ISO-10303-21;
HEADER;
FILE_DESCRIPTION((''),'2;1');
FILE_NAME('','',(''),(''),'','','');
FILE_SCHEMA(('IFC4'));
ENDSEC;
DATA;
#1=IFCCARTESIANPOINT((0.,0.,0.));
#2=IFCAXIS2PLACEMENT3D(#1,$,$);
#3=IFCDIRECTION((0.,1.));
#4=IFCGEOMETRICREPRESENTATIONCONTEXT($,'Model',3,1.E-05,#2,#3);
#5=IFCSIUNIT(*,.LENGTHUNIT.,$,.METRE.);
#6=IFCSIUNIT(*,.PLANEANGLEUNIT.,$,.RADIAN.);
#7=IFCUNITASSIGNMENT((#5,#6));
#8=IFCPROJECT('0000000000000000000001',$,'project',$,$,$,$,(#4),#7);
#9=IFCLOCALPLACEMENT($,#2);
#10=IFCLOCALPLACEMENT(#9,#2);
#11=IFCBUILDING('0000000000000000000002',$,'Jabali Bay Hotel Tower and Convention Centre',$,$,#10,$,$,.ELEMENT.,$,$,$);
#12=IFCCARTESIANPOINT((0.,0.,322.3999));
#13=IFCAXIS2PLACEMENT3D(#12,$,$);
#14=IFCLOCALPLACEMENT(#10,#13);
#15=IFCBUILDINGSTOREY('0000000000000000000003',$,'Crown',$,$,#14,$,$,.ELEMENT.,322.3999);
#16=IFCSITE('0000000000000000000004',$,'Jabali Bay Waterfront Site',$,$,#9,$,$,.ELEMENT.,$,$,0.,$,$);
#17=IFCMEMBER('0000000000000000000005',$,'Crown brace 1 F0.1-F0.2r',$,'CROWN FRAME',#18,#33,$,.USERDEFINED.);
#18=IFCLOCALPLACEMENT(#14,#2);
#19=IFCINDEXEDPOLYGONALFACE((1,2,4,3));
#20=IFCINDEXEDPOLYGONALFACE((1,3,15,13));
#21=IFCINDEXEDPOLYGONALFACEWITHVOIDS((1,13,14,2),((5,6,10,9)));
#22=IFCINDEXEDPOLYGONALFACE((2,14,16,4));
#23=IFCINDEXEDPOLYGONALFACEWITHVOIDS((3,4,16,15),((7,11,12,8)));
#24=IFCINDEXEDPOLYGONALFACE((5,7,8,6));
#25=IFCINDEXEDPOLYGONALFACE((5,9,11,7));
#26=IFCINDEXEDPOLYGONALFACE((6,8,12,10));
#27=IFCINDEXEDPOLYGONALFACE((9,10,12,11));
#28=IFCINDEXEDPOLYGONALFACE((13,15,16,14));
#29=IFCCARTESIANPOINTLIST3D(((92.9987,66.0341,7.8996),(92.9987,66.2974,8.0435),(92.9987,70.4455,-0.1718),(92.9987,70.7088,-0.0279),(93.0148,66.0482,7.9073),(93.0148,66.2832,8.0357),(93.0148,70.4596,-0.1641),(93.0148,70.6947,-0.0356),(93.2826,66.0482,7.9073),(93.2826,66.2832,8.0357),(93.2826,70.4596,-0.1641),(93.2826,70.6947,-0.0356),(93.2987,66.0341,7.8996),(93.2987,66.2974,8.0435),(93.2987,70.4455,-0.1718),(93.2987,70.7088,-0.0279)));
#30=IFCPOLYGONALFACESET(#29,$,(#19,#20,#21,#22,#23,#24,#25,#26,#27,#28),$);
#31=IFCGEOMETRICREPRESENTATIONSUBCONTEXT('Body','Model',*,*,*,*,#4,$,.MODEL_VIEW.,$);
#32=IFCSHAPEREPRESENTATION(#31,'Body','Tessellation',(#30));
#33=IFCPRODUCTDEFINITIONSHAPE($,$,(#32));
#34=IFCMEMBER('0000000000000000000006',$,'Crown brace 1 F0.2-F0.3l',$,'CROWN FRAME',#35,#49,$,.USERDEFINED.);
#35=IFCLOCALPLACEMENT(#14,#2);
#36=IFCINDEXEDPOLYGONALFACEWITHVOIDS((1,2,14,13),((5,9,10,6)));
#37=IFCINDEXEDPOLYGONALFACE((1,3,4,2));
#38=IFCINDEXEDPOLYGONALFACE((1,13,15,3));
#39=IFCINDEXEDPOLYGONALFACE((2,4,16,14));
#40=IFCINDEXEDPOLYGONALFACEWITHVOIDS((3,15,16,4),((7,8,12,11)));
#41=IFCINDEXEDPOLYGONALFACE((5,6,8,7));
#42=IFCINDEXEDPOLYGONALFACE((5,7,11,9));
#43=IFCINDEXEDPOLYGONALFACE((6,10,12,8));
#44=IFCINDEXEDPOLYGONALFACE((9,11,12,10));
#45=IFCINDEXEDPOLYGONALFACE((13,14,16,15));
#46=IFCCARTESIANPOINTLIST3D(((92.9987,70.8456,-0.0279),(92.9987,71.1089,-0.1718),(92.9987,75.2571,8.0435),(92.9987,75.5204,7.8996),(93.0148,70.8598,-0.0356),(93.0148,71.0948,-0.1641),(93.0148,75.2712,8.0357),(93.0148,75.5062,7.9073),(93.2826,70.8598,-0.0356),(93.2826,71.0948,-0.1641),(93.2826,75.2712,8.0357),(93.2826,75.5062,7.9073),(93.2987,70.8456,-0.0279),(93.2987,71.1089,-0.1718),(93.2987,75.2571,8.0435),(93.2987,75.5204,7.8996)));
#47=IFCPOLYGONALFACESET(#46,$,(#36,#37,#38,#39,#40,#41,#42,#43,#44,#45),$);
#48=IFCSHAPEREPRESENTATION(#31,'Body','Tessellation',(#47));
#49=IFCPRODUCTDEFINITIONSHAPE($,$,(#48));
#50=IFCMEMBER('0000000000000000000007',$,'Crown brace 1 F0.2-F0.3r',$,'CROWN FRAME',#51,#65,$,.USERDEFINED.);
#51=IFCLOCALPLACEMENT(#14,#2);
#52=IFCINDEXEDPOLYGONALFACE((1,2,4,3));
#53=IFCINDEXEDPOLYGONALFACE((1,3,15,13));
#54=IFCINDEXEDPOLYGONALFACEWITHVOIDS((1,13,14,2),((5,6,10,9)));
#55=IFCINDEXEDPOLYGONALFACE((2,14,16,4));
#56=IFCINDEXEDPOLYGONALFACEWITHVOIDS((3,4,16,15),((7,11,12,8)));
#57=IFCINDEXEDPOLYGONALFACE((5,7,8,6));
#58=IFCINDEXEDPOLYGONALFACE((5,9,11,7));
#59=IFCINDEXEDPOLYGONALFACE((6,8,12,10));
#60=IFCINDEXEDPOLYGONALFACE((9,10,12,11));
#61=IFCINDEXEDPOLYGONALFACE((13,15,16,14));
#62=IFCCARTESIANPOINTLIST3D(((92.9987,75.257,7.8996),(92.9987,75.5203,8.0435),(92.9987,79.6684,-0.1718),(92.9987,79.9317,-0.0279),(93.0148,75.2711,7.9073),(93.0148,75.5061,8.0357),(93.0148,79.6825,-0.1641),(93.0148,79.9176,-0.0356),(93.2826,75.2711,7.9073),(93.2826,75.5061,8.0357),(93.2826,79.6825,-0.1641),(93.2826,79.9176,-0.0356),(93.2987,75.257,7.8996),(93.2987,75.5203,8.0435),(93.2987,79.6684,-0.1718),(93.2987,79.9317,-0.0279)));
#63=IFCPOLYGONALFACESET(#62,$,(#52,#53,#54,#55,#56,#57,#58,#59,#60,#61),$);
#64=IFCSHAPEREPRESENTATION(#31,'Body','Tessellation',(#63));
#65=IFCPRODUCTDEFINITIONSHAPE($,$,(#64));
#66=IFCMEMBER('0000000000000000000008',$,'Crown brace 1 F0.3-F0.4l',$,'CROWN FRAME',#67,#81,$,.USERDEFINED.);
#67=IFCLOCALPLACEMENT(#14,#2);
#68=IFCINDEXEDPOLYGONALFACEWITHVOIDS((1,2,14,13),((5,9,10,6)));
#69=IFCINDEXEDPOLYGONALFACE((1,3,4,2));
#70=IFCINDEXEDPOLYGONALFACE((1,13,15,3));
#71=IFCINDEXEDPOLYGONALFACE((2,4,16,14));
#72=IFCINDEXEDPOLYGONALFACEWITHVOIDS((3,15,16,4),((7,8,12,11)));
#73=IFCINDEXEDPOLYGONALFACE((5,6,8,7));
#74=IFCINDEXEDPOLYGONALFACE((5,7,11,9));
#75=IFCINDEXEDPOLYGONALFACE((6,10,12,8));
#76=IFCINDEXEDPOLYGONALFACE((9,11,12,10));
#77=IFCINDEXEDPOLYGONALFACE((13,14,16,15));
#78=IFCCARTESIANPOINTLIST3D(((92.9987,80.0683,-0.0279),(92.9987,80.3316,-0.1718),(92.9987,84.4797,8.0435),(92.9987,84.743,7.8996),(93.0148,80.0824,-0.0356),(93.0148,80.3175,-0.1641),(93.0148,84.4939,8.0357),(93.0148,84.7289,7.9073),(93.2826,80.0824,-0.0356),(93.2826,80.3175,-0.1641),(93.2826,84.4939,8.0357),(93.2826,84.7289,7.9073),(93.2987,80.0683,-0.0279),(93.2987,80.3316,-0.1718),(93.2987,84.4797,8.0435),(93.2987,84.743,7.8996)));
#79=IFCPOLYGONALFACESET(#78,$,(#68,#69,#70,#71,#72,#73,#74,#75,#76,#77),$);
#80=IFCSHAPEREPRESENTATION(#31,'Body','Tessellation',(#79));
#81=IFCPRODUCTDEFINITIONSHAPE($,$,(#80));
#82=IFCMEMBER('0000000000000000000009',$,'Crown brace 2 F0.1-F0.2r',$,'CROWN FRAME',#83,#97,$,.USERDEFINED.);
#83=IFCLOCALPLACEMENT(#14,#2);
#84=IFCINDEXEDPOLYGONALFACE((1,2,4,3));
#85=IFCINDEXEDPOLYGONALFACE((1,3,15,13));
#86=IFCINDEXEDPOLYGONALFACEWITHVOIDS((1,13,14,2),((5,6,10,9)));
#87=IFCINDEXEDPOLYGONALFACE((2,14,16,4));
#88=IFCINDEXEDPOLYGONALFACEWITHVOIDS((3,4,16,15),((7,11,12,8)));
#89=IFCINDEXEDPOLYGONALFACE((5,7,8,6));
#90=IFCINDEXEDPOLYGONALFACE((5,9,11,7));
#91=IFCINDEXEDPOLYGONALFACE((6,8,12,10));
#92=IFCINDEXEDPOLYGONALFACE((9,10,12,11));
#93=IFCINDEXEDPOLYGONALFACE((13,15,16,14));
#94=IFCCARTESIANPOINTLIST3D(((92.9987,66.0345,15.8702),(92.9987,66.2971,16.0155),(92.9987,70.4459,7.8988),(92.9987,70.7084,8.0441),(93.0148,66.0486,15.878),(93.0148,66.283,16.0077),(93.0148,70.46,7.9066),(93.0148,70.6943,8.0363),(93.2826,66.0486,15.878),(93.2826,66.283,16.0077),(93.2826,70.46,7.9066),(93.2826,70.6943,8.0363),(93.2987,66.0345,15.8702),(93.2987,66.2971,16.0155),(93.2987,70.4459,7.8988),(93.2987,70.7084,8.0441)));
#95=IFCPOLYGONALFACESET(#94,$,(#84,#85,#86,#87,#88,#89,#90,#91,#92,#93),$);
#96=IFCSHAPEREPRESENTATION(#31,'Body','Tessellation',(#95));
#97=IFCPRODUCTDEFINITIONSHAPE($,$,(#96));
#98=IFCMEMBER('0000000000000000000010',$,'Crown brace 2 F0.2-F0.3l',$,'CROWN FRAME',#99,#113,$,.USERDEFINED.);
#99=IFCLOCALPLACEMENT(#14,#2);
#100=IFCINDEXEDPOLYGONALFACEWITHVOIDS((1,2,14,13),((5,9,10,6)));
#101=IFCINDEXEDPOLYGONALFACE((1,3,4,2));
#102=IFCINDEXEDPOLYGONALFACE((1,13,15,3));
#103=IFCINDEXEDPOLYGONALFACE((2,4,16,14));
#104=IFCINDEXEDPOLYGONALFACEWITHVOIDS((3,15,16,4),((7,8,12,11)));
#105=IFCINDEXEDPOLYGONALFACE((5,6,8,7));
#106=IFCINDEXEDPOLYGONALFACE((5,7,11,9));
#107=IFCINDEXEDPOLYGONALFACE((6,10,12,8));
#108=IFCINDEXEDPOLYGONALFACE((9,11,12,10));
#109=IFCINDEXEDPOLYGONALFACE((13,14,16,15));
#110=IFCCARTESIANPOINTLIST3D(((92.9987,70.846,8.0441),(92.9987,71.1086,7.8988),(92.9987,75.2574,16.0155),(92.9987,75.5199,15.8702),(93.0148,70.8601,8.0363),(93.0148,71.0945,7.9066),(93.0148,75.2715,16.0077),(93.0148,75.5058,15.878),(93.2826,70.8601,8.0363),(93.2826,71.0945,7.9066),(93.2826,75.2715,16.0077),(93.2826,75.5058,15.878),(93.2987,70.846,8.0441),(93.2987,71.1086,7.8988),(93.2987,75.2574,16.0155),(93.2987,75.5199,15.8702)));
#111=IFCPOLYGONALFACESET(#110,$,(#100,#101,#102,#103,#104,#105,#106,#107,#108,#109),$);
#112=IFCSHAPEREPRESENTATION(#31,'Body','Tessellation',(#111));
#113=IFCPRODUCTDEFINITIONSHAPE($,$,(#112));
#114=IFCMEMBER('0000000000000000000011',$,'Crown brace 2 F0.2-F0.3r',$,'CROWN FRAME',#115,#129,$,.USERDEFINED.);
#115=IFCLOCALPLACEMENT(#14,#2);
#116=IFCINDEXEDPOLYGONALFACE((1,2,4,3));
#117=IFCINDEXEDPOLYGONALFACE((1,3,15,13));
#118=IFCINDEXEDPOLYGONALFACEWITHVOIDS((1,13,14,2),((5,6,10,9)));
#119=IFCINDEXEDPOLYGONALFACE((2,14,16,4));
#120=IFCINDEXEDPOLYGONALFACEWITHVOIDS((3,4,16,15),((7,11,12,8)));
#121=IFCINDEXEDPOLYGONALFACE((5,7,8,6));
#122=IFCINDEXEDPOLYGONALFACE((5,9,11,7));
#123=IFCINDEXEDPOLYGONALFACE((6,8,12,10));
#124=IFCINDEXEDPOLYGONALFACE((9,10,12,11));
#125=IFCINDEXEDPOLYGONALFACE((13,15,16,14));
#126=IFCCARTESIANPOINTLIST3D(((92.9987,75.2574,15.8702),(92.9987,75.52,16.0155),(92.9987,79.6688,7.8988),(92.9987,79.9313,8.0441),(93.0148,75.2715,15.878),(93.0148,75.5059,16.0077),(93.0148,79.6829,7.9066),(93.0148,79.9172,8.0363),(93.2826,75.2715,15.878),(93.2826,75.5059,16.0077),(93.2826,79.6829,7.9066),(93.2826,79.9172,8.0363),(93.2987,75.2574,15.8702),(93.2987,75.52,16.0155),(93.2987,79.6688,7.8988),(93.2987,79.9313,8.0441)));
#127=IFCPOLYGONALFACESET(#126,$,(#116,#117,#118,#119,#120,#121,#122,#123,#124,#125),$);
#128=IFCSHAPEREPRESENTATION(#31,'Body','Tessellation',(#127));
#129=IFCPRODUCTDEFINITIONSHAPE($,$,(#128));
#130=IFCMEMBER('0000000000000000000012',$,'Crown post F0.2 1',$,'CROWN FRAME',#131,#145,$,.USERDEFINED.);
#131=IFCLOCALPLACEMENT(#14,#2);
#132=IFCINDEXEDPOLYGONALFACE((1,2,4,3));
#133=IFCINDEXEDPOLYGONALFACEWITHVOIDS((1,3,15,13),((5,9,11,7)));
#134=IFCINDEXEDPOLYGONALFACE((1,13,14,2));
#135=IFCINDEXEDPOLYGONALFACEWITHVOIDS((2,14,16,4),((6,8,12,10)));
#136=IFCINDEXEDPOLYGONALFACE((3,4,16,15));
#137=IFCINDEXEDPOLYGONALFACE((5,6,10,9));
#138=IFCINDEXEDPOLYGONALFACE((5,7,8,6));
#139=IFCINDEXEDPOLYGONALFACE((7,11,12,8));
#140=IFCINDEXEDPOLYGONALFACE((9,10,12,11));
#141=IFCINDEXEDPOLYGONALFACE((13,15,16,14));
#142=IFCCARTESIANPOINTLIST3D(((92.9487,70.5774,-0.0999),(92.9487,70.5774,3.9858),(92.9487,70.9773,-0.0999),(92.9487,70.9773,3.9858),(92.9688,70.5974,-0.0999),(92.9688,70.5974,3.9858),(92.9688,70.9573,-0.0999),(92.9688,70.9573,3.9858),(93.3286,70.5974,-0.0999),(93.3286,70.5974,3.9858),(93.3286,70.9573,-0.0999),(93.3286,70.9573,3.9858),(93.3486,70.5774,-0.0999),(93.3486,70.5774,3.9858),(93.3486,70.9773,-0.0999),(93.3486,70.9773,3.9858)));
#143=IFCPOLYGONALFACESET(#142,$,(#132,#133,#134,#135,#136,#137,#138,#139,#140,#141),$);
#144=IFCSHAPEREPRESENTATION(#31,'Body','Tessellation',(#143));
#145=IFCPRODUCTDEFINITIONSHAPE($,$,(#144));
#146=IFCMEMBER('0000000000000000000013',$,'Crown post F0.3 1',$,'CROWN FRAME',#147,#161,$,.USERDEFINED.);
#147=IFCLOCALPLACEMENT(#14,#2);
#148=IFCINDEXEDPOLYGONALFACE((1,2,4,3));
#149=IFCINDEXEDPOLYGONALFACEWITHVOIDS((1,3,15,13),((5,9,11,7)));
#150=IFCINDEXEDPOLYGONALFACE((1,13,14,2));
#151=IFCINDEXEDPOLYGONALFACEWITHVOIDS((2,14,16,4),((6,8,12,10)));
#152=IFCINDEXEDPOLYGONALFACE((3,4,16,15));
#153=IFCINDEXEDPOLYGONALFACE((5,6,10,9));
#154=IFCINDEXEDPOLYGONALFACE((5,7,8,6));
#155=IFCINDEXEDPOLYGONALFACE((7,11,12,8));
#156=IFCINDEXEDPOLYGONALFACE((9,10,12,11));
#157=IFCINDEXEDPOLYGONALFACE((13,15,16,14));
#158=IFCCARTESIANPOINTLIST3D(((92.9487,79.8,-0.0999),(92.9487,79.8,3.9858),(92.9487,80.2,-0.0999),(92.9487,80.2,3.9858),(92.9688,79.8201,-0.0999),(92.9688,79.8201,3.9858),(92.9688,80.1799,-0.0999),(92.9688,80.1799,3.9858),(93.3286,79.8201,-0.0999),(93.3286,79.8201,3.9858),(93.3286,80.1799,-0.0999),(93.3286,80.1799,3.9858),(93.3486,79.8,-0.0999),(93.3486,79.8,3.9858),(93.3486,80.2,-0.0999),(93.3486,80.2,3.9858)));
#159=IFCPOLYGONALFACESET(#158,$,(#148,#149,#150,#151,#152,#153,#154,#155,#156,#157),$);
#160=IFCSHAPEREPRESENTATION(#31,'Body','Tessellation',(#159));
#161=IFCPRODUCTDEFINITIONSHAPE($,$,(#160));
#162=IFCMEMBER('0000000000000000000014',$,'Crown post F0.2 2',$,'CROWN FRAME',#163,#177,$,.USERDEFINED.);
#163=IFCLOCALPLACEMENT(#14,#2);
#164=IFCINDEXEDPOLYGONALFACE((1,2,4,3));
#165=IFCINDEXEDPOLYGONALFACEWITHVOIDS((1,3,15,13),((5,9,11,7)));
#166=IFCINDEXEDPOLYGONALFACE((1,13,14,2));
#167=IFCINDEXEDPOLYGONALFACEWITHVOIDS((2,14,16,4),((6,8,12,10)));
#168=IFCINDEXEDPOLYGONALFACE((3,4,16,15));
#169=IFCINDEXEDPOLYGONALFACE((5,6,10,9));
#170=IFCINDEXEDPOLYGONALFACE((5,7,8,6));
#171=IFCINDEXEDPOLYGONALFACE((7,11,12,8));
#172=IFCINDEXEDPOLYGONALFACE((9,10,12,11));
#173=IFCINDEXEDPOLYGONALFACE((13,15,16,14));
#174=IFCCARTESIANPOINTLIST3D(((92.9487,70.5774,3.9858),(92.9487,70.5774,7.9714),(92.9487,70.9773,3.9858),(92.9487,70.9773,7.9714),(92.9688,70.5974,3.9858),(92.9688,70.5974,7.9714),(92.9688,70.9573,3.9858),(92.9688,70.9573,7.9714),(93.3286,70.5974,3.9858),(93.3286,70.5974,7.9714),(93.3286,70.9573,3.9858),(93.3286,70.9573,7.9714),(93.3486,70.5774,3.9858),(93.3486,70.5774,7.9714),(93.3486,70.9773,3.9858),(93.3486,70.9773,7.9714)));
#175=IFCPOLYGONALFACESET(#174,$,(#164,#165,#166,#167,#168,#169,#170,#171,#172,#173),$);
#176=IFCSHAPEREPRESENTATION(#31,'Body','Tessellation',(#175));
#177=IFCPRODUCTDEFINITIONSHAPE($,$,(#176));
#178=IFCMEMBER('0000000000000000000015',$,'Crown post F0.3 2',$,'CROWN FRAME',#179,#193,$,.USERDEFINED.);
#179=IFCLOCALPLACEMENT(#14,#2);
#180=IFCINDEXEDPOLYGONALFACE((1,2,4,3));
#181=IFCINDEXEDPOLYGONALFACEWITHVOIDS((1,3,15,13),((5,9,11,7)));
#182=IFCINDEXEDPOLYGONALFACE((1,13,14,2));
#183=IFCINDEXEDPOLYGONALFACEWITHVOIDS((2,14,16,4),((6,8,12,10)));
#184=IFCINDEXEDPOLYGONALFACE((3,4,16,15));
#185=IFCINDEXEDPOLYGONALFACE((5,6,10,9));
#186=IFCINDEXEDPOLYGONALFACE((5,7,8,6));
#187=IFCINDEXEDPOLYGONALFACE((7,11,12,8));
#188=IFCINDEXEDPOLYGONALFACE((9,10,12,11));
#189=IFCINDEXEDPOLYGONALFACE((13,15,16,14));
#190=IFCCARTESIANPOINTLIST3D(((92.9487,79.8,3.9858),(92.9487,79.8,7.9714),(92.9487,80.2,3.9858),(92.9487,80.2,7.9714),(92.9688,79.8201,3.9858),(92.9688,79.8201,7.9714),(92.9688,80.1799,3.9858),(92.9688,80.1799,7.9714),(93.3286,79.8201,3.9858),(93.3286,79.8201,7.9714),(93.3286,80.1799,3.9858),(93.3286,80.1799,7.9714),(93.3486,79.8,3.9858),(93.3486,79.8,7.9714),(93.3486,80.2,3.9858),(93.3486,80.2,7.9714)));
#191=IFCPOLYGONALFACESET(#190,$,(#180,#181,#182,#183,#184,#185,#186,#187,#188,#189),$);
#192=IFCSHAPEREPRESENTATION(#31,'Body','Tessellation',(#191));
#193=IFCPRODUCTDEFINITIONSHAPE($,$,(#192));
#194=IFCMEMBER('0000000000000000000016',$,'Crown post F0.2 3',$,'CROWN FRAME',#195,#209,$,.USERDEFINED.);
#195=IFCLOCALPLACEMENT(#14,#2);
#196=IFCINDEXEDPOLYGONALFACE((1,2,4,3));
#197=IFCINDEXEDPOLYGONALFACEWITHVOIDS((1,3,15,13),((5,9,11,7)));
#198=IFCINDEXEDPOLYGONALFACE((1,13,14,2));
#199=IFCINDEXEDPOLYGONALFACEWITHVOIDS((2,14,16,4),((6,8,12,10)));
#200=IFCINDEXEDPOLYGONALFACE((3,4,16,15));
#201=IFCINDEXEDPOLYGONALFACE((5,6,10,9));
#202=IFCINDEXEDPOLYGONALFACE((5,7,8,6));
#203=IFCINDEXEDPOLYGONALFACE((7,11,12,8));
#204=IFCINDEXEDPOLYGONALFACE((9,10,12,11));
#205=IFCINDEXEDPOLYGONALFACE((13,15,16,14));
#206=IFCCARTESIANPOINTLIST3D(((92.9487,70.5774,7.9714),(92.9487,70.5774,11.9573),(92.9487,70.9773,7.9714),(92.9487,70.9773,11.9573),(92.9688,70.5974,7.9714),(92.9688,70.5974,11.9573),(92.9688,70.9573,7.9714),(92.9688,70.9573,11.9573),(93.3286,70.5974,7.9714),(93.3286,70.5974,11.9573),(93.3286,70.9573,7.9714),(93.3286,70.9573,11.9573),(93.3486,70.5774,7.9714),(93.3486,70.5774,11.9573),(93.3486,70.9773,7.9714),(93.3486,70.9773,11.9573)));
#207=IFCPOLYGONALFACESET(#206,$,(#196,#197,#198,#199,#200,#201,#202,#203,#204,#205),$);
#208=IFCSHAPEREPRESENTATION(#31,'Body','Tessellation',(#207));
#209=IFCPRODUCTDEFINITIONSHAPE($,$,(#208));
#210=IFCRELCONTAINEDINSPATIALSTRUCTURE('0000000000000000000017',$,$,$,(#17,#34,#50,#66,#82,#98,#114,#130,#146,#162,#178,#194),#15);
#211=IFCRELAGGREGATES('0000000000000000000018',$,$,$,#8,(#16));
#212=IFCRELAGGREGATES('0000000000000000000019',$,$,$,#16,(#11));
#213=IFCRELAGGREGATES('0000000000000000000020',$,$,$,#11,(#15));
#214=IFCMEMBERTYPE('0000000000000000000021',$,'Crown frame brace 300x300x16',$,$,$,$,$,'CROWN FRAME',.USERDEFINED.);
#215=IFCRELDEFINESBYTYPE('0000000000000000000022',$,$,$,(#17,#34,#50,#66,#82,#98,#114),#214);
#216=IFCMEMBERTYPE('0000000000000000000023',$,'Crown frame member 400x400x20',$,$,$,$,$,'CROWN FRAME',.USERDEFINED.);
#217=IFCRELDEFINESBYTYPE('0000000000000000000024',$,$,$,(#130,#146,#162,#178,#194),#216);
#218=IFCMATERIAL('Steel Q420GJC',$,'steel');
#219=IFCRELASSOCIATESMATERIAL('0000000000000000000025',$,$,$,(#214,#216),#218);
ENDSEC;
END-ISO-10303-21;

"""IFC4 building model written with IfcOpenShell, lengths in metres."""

from ifc_helpers import new_model, si_unit, direction, frame, origin, origin_2d, place, context, subcontext, project, spatial, hollow_rectangle, extrude, material, material_profile, profile_set, type_object, element, save


model = new_model("IFC4")

# Units and contexts
model_context = context("Model", 3, precision=1e-05, world=origin(), true_north=direction((0.0, 1.0)))
body_context = subcontext(model_context, "Body", "Model", "MODEL_VIEW")
ifc_project = project(units=[si_unit("LENGTHUNIT", "METRE"), si_unit("PLANEANGLEUNIT", "RADIAN")], contexts=[model_context])

# Site, building, storey
site_placement = place(None, origin())
site = spatial("IfcSite", under=ifc_project, at=site_placement, Name="Jabali Bay Waterfront Site", CompositionType="ELEMENT", RefElevation=0.0)
building_placement = place(site_placement, origin())
building = spatial("IfcBuilding", under=site, at=building_placement, Name="Jabali Bay Hotel Tower and Convention Centre", CompositionType="ELEMENT")
storey_placement = place(building_placement, frame((0.0, 0.0, 322.3999)))
storey = spatial("IfcBuildingStorey", under=building, at=storey_placement, Name="Crown", CompositionType="ELEMENT", Elevation=322.3999)

# Members
ifc_material_1 = material(Name="Steel Q420GJC", Category="steel")
ifc_material_profile_1 = material_profile(ifc_material_1, hollow_rectangle(XDim=0.3, YDim=0.3, WallThickness=0.0161, at=origin_2d()), Name="Crown frame brace 300x300x16")
ifc_profile_set_1 = profile_set([ifc_material_profile_1], Name="Steel Q420GJC")
member_type_1 = type_object("IfcMemberType", Name="Crown frame brace 300x300x16", ElementType="CROWN FRAME", PredefinedType="USERDEFINED", material=ifc_profile_set_1)
for number, where, z_axis, x_axis, name in (
    (1, (93.1487, 70.5771, -0.0999), (0.0, -0.479594, 0.877491), (1.0, 0.0, 0.0), "Crown brace 1 F0.1-F0.2r"),
    (2, (93.1487, 70.9773, -0.0999), (0.0, 0.479594, 0.877491), (-1.0, 0.0, 0.0), "Crown brace 1 F0.2-F0.3l"),
    (3, (93.1487, 79.8, -0.0999), (0.0, -0.479594, 0.877491), (1.0, 0.0, 0.0), "Crown brace 1 F0.2-F0.3r"),
    (4, (93.1487, 80.2, -0.0999), (0.0, 0.479594, 0.877491), (-1.0, 0.0, 0.0), "Crown brace 1 F0.3-F0.4l"),
):
    element("IfcMember", number, at=place(storey_placement, frame(where, z_axis=z_axis, x_axis=x_axis)), inside=storey, type_object=member_type_1, Name=name, ObjectType="CROWN FRAME", PredefinedType="USERDEFINED", context=body_context, shape_type="SweptSolid", body=[
        extrude(hollow_rectangle(XDim=0.3, YDim=0.3, WallThickness=0.0161, at=origin_2d()), origin(), (0.0, 0.0, 1.0), 9.1982),
    ])
for number, where, z_axis, x_axis, name in (
    (5, (93.1487, 70.5771, 7.9714), (0.0, -0.4842, 0.874957), (1.0, 0.0, 0.0), "Crown brace 2 F0.1-F0.2r"),
    (6, (93.1487, 70.9773, 7.9714), (0.0, 0.4842, 0.874957), (-1.0, 0.0, 0.0), "Crown brace 2 F0.2-F0.3l"),
    (7, (93.1487, 79.8, 7.9714), (0.0, -0.4842, 0.874957), (1.0, 0.0, 0.0), "Crown brace 2 F0.2-F0.3r"),
):
    element("IfcMember", number, at=place(storey_placement, frame(where, z_axis=z_axis, x_axis=x_axis)), inside=storey, type_object=member_type_1, Name=name, ObjectType="CROWN FRAME", PredefinedType="USERDEFINED", context=body_context, shape_type="SweptSolid", body=[
        extrude(hollow_rectangle(XDim=0.3, YDim=0.3, WallThickness=0.0161, at=origin_2d()), origin(), (0.0, 0.0, 1.0), 9.1106),
    ])
ifc_material_profile_2 = material_profile(ifc_material_1, hollow_rectangle(XDim=0.3999, YDim=0.3999, WallThickness=0.02, at=origin_2d()), Name="Crown frame member 400x400x20")
ifc_profile_set_2 = profile_set([ifc_material_profile_2], Name="Steel Q420GJC")
member_type_2 = type_object("IfcMemberType", Name="Crown frame member 400x400x20", ElementType="CROWN FRAME", PredefinedType="USERDEFINED", material=ifc_profile_set_2)
for number, where, z_axis, x_axis, name in (
    (8, (93.1487, 70.7773, -0.0999), (0.0, 0.0, 1.0), (1.0, 0.0, 0.0), "Crown post F0.2 1"),
    (9, (93.1487, 80.0, -0.0999), (0.0, 0.0, 1.0), (1.0, 0.0, 0.0), "Crown post F0.3 1"),
):
    element("IfcMember", number, at=place(storey_placement, frame(where, z_axis=z_axis, x_axis=x_axis)), inside=storey, type_object=member_type_2, Name=name, ObjectType="CROWN FRAME", PredefinedType="USERDEFINED", context=body_context, shape_type="SweptSolid", body=[
        extrude(hollow_rectangle(XDim=0.3999, YDim=0.3999, WallThickness=0.02, at=origin_2d()), origin(), (0.0, 0.0, 1.0), 4.0857),
    ])
for number, where, z_axis, x_axis, name in (
    (10, (93.1487, 70.7773, 3.9858), (0.0, 0.0, 1.0), (1.0, 0.0, 0.0), "Crown post F0.2 2"),
    (11, (93.1487, 80.0, 3.9858), (0.0, 0.0, 1.0), (1.0, 0.0, 0.0), "Crown post F0.3 2"),
):
    element("IfcMember", number, at=place(storey_placement, frame(where, z_axis=z_axis, x_axis=x_axis)), inside=storey, type_object=member_type_2, Name=name, ObjectType="CROWN FRAME", PredefinedType="USERDEFINED", context=body_context, shape_type="SweptSolid", body=[
        extrude(hollow_rectangle(XDim=0.3999, YDim=0.3999, WallThickness=0.02, at=origin_2d()), origin(), (0.0, 0.0, 1.0), 3.9856),
    ])
member_1_placement = place(storey_placement, frame((93.1487, 70.7773, 7.9714), z_axis=(0.0, 0.0, 1.0), x_axis=(1.0, 0.0, 0.0)))
element("IfcMember", 12, at=member_1_placement, inside=storey, type_object=member_type_2, Name="Crown post F0.2 3", ObjectType="CROWN FRAME", PredefinedType="USERDEFINED", context=body_context, shape_type="SweptSolid", body=[
    extrude(hollow_rectangle(XDim=0.3999, YDim=0.3999, WallThickness=0.02, at=origin_2d()), origin(), (0.0, 0.0, 1.0), 3.9858),
])

save(model, "model.ifc")
